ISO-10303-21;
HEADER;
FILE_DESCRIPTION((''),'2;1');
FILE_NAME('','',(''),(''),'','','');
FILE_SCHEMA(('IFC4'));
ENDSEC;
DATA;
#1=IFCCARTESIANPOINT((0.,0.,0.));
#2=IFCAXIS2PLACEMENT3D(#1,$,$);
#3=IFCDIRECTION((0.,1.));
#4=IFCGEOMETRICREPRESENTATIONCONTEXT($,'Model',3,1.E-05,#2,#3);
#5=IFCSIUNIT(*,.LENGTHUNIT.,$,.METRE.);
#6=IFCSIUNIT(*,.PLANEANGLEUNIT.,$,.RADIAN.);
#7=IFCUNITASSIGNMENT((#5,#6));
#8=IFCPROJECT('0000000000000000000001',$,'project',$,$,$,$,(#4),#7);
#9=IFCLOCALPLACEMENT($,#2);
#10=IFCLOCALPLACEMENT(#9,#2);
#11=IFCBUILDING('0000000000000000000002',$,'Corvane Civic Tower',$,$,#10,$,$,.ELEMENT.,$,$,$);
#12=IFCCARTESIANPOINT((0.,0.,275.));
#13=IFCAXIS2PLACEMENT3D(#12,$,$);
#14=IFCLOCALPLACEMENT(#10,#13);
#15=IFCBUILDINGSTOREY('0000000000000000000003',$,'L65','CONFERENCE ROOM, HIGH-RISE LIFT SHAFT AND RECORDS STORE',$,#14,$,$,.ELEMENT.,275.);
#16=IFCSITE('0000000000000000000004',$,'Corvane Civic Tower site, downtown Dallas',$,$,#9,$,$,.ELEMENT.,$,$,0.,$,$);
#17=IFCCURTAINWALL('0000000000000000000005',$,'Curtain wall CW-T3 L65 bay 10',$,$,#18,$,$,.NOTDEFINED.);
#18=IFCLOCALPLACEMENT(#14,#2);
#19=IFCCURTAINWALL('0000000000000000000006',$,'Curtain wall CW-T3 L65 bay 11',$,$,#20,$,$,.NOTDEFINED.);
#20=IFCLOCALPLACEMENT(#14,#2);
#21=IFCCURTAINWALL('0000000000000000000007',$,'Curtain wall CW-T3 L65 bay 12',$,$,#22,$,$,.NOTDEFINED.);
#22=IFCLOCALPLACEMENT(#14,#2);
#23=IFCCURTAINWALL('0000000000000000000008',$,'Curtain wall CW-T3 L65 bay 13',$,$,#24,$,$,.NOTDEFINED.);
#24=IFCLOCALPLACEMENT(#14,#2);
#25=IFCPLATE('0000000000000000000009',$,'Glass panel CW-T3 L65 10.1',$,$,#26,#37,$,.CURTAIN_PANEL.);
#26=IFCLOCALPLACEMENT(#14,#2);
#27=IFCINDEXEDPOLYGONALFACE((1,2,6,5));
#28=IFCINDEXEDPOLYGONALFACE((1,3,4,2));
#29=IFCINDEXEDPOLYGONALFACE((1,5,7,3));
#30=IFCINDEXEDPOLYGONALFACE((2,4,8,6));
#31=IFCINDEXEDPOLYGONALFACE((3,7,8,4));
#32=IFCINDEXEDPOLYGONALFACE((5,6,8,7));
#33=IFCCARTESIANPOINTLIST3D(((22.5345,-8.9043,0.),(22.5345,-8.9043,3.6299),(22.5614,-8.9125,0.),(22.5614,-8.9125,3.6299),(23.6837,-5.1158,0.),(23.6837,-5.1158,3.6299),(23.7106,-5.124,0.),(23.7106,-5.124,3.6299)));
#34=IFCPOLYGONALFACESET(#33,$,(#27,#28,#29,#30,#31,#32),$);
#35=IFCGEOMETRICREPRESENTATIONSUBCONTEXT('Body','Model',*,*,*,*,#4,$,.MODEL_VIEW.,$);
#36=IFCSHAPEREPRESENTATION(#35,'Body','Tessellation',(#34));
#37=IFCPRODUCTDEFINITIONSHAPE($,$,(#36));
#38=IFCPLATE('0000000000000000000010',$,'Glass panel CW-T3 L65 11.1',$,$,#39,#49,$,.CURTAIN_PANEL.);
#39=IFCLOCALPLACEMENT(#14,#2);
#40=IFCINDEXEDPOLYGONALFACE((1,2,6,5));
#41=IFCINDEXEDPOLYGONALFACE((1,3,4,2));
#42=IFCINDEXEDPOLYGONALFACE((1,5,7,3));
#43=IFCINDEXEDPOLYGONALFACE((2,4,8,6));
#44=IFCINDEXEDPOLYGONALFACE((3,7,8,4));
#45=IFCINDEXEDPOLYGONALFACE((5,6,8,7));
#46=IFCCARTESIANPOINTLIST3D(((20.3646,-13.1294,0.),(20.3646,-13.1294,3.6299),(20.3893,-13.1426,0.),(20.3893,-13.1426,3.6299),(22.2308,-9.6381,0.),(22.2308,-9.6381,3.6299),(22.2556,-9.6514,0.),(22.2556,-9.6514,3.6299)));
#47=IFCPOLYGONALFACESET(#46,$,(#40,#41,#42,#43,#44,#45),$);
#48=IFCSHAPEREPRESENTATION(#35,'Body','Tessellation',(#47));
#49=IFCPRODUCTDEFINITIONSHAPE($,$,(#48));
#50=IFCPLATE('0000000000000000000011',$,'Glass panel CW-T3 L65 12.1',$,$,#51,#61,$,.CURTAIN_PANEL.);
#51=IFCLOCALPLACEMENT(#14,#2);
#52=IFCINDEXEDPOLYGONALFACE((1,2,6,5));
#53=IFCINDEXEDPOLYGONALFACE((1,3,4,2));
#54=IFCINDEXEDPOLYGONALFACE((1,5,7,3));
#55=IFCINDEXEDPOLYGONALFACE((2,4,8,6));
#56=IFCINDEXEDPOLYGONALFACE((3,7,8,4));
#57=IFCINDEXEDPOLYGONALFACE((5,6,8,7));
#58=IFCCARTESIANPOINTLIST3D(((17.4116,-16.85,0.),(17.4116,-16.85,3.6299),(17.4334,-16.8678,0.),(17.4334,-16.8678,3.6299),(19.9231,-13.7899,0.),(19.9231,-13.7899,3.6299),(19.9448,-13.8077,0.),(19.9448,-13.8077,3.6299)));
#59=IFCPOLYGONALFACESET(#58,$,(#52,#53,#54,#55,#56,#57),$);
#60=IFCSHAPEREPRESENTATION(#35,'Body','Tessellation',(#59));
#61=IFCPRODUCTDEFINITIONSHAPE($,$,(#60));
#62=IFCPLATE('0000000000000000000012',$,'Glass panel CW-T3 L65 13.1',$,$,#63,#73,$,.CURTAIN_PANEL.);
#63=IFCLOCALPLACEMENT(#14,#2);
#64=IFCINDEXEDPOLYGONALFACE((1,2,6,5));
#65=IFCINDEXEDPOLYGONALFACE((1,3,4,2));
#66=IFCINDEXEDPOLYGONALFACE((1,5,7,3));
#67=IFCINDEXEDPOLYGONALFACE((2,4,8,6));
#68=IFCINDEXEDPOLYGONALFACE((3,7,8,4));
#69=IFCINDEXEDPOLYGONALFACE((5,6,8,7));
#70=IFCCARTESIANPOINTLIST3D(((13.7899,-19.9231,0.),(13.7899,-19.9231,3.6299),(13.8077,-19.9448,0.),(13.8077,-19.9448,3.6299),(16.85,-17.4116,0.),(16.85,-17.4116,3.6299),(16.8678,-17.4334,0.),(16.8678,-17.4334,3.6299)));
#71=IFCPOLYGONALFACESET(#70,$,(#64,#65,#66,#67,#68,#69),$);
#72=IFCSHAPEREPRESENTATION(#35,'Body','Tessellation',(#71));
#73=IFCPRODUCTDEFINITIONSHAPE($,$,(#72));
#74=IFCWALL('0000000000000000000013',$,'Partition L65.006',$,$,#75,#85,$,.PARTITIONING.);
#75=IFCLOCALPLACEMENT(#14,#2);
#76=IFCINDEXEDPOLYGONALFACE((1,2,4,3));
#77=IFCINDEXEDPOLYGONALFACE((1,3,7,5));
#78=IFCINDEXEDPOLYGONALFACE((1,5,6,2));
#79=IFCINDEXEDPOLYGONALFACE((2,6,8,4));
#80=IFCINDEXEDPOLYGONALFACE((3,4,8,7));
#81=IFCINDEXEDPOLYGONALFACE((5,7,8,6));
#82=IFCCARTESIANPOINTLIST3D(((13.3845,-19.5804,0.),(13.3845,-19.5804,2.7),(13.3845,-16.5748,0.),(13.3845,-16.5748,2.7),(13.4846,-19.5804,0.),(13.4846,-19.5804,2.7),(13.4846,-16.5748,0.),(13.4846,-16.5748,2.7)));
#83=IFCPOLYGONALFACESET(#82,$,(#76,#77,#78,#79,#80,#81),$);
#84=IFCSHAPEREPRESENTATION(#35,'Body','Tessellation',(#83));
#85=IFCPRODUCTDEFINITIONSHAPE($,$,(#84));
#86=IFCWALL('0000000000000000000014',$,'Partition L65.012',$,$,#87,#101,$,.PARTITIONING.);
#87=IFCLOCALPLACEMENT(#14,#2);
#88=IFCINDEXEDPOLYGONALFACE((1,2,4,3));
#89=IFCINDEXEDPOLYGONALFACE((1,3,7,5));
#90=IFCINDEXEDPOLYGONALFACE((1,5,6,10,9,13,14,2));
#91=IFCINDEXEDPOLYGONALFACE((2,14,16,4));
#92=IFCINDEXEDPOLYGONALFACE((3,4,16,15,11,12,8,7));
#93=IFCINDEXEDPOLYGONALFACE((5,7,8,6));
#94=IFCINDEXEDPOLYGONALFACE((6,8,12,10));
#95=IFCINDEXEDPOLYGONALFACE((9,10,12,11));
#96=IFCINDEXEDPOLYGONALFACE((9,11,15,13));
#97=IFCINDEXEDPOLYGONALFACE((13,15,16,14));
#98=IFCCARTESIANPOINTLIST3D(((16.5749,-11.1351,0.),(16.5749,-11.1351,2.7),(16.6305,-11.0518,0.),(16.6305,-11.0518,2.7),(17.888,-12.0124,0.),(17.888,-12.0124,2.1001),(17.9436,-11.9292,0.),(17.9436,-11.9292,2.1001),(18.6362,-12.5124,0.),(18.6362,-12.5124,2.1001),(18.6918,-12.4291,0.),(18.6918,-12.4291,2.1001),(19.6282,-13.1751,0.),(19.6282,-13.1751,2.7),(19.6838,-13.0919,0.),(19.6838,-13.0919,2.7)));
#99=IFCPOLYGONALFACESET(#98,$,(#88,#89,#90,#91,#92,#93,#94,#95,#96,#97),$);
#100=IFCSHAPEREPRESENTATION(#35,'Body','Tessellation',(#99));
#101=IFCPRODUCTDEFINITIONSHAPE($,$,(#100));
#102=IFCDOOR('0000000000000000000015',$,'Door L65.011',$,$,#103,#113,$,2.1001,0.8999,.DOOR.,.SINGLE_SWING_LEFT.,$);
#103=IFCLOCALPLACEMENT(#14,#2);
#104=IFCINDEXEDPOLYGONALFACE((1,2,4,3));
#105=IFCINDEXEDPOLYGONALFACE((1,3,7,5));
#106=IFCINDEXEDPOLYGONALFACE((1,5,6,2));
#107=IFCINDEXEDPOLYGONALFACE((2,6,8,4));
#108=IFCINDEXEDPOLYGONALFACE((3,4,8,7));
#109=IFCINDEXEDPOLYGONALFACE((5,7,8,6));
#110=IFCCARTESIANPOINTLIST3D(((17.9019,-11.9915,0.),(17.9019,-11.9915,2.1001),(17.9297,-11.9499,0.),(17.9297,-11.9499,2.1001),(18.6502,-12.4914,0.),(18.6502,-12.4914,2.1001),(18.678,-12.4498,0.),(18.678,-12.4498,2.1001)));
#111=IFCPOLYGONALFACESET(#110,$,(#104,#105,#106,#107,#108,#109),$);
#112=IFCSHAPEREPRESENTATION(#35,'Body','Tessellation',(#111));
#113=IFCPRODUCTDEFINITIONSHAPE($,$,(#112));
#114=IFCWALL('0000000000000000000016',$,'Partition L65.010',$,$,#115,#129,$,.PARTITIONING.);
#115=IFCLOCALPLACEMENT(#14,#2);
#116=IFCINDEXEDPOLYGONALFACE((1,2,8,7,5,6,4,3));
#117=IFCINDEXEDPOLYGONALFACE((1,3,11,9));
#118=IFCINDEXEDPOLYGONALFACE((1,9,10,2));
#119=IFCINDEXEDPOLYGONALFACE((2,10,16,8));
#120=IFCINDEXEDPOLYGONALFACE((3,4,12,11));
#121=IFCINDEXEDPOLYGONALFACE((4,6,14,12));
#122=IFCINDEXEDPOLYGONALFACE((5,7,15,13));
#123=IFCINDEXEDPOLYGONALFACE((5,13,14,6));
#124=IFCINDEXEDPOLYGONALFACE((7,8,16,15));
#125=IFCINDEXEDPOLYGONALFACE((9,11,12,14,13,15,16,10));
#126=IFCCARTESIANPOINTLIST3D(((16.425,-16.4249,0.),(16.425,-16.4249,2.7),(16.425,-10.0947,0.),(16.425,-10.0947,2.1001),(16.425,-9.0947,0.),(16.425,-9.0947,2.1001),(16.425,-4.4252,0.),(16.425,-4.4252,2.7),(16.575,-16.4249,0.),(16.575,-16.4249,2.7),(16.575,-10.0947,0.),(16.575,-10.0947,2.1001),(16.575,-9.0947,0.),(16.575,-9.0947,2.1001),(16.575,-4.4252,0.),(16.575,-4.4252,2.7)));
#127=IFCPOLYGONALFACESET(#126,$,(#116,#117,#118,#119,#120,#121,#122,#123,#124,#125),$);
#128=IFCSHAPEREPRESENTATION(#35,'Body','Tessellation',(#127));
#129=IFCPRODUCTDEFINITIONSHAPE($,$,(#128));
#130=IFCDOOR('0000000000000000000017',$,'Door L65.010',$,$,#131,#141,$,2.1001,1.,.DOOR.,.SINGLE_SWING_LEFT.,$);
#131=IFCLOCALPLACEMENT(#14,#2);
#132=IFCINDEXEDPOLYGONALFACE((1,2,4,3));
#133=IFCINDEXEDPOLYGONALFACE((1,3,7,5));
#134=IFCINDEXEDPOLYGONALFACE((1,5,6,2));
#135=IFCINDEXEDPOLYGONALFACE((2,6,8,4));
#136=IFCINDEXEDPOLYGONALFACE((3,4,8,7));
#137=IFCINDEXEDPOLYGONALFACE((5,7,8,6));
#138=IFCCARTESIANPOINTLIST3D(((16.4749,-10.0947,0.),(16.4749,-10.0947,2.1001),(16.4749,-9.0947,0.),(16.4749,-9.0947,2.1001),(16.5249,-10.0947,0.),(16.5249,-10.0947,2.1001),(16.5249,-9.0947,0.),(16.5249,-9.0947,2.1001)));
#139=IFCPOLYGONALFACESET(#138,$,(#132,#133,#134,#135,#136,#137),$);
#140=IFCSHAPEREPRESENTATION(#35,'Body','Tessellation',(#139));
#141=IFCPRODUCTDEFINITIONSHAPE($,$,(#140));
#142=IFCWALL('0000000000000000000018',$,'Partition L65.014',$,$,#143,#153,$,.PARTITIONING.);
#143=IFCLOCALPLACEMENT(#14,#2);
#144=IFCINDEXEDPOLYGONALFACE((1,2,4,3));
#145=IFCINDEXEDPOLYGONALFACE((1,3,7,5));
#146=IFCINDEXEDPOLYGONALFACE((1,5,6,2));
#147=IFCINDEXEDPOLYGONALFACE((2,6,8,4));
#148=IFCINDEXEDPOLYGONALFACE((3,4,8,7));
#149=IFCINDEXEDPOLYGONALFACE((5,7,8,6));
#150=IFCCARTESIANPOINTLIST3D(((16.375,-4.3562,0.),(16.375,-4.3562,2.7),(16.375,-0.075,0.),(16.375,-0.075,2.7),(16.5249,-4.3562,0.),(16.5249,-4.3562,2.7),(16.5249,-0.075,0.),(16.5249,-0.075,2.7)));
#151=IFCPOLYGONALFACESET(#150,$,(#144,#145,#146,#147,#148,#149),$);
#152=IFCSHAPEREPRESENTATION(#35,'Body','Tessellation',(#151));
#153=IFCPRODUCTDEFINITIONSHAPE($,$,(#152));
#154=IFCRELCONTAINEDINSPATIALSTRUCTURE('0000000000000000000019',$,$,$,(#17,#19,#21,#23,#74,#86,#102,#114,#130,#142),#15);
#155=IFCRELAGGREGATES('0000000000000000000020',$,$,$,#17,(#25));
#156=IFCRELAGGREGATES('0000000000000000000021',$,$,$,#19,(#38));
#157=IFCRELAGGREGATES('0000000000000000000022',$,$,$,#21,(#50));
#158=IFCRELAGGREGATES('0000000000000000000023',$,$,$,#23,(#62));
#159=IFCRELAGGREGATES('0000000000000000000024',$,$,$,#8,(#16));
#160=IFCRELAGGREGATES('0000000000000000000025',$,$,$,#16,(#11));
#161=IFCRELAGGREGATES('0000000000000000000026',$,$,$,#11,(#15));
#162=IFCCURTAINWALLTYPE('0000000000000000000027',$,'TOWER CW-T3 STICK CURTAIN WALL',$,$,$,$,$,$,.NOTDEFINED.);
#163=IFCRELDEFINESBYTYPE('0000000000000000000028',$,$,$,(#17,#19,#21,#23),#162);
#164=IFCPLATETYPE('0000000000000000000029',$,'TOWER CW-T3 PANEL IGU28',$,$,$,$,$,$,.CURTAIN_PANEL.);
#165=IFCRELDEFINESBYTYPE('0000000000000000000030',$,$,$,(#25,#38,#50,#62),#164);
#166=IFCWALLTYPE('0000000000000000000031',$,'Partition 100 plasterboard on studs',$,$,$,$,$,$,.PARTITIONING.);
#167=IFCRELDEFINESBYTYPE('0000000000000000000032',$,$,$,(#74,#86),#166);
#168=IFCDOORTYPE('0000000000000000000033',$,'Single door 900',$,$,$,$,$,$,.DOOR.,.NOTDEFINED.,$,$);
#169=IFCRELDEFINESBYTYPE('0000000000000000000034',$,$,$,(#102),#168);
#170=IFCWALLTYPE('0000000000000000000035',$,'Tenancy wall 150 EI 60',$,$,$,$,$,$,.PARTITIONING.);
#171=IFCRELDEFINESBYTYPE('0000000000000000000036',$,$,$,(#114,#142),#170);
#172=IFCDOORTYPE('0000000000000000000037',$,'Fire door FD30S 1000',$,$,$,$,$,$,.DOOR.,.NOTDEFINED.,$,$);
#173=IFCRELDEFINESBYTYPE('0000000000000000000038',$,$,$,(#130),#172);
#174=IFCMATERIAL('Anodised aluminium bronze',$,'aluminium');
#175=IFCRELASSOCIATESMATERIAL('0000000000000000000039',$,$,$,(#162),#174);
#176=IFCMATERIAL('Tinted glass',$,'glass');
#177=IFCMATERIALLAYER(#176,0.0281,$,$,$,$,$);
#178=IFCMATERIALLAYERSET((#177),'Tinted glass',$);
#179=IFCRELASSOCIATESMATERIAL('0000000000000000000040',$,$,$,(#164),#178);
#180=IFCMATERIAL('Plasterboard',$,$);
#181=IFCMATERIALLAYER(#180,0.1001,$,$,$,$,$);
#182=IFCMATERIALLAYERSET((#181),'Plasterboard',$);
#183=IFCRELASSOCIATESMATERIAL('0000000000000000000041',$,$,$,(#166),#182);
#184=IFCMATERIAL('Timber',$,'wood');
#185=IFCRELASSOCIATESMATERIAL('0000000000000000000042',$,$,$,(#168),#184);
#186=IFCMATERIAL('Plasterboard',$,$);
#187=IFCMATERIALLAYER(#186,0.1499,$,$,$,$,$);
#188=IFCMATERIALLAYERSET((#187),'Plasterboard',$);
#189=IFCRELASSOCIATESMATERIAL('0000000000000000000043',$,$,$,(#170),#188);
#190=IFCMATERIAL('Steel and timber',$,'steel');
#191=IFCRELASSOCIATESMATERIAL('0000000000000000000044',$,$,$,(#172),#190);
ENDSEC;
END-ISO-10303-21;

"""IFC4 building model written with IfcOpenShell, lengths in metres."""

from ifc_helpers import new_model, si_unit, direction, frame, frame_2d, origin, origin_2d, place, context, subcontext, project, spatial, rectangle, extrude, material, layer, layer_set, type_object, element, fill, aggregate, save


model = new_model("IFC4")

# Units and contexts
model_context = context("Model", 3, precision=1e-05, world=origin(), true_north=direction((0.0, 1.0)))
body_context = subcontext(model_context, "Body", "Model", "MODEL_VIEW")
ifc_project = project(units=[si_unit("LENGTHUNIT", "METRE"), si_unit("PLANEANGLEUNIT", "RADIAN")], contexts=[model_context])

# Site, building, storey
site_placement = place(None, origin())
site = spatial("IfcSite", under=ifc_project, at=site_placement, Name="Corvane Civic Tower site, downtown Dallas", CompositionType="ELEMENT", RefElevation=0.0)
building_placement = place(site_placement, origin())
building = spatial("IfcBuilding", under=site, at=building_placement, Name="Corvane Civic Tower", CompositionType="ELEMENT")
storey_placement = place(building_placement, frame((0.0, 0.0, 275.0)))
storey = spatial("IfcBuildingStorey", under=building, at=storey_placement, Name="L65", Description="CONFERENCE ROOM, HIGH-RISE LIFT SHAFT AND RECORDS STORE", CompositionType="ELEMENT", Elevation=275.0)

# Curtain walls
ifc_material_1 = material(Name="Anodised aluminium bronze", Category="aluminium")
curtain_wall_type = type_object("IfcCurtainWallType", Name="TOWER CW-T3 STICK CURTAIN WALL", PredefinedType="NOTDEFINED", material=ifc_material_1)
curtain_wall_1_placement = place(storey_placement, origin())
curtain_wall_1 = element("IfcCurtainWall", 1, at=curtain_wall_1_placement, inside=storey, type_object=curtain_wall_type, Name="Curtain wall CW-T3 L65 bay 10", PredefinedType="NOTDEFINED")
curtain_wall_2_placement = place(storey_placement, origin())
curtain_wall_2 = element("IfcCurtainWall", 2, at=curtain_wall_2_placement, inside=storey, type_object=curtain_wall_type, Name="Curtain wall CW-T3 L65 bay 11", PredefinedType="NOTDEFINED")
curtain_wall_3_placement = place(storey_placement, origin())
curtain_wall_3 = element("IfcCurtainWall", 3, at=curtain_wall_3_placement, inside=storey, type_object=curtain_wall_type, Name="Curtain wall CW-T3 L65 bay 12", PredefinedType="NOTDEFINED")
curtain_wall_4_placement = place(storey_placement, origin())
curtain_wall_4 = element("IfcCurtainWall", 4, at=curtain_wall_4_placement, inside=storey, type_object=curtain_wall_type, Name="Curtain wall CW-T3 L65 bay 13", PredefinedType="NOTDEFINED")

# Plates
ifc_material_2 = material(Name="Tinted glass", Category="glass")
ifc_layer_1 = layer(ifc_material_2, 0.0281)
ifc_layer_set_1 = layer_set([ifc_layer_1], Name="Tinted glass")
plate_type = type_object("IfcPlateType", Name="TOWER CW-T3 PANEL IGU28", PredefinedType="CURTAIN_PANEL", material=ifc_layer_set_1)
plate_1_placement = place(storey_placement, frame((23.1226, -7.0142, 0.0), z_axis=(0.0, 0.0, 1.0), x_axis=(-0.290274, -0.956944, 0.0)))
plate_1 = element("IfcPlate", 5, at=plate_1_placement, type_object=plate_type, Name="Glass panel CW-T3 L65 10.1", PredefinedType="CURTAIN_PANEL", context=body_context, shape_type="SweptSolid", body=[
    extrude(rectangle(XDim=3.959, YDim=0.0281, at=origin_2d()), origin(), (0.0, 0.0, 1.0), 3.6299),
])
aggregate(curtain_wall_1, [plate_1])
plate_2_placement = place(storey_placement, frame((21.3101, -11.3904, 0.0), z_axis=(0.0, 0.0, 1.0), x_axis=(-0.471421, -0.881908, 0.0)))
plate_2 = element("IfcPlate", 6, at=plate_2_placement, type_object=plate_type, Name="Glass panel CW-T3 L65 11.1", PredefinedType="CURTAIN_PANEL", context=body_context, shape_type="SweptSolid", body=[
    extrude(rectangle(XDim=3.9587, YDim=0.0281, at=origin_2d()), origin(), (0.0, 0.0, 1.0), 3.6299),
])
aggregate(curtain_wall_2, [plate_2])
plate_3_placement = place(storey_placement, frame((18.6782, -15.3289, 0.0), z_axis=(0.0, 0.0, 1.0), x_axis=(-0.634405, -0.773001, 0.0)))
plate_3 = element("IfcPlate", 7, at=plate_3_placement, type_object=plate_type, Name="Glass panel CW-T3 L65 12.1", PredefinedType="CURTAIN_PANEL", context=body_context, shape_type="SweptSolid", body=[
    extrude(rectangle(XDim=3.9587, YDim=0.0281, at=origin_2d()), origin(), (0.0, 0.0, 1.0), 3.6299),
])
aggregate(curtain_wall_3, [plate_3])
plate_4_placement = place(storey_placement, frame((15.3289, -18.6782, 0.0), z_axis=(0.0, 0.0, 1.0), x_axis=(-0.773001, -0.634405, 0.0)))
plate_4 = element("IfcPlate", 8, at=plate_4_placement, type_object=plate_type, Name="Glass panel CW-T3 L65 13.1", PredefinedType="CURTAIN_PANEL", context=body_context, shape_type="SweptSolid", body=[
    extrude(rectangle(XDim=3.9587, YDim=0.0281, at=origin_2d()), origin(), (0.0, 0.0, 1.0), 3.6299),
])
aggregate(curtain_wall_4, [plate_4])

# Wall
ifc_material_3 = material(Name="Plasterboard")
ifc_layer_2 = layer(ifc_material_3, 0.1001)
ifc_layer_set_2 = layer_set([ifc_layer_2], Name="Plasterboard")
wall_type_1 = type_object("IfcWallType", Name="Partition 100 plasterboard on studs", PredefinedType="PARTITIONING", material=ifc_layer_set_2)
wall_1_placement = place(storey_placement, frame((13.4346, -19.5806, 0.0), z_axis=(0.0, 0.0, 1.0), x_axis=(0.0, 1.0, 0.0)))
element("IfcWall", 9, at=wall_1_placement, inside=storey, type_object=wall_type_1, Name="Partition L65.006", PredefinedType="PARTITIONING", context=body_context, shape_type="SweptSolid", body=[
    extrude(rectangle(XDim=3.0056, YDim=0.1001, at=frame_2d((1.5029, 0.0))), origin(), (0.0, 0.0, 1.0), 2.7),
])

# Walls, openings, doors
wall_2_placement = place(storey_placement, frame((16.6028, -11.0935, 0.0), z_axis=(0.0, 0.0, 1.0), x_axis=(0.831477, -0.555559, 0.0)))
wall_2 = element("IfcWall", 10, at=wall_2_placement, inside=storey, type_object=wall_type_1, Name="Partition L65.012", PredefinedType="PARTITIONING", context=body_context, shape_type="SweptSolid", body=[
    extrude(rectangle(XDim=3.6721, YDim=0.1001, at=frame_2d((1.8359, 0.0))), origin(), (0.0, 0.0, 1.0), 2.7),
])
opening_1_placement = place(wall_2_placement, frame((1.5791, 0.0, 0.0)))
opening_1 = element("IfcOpeningElement", 11, at=opening_1_placement, cuts=wall_2, PredefinedType="OPENING", context=body_context, shape_type="SweptSolid", body=[
    extrude(rectangle(XDim=0.8999, YDim=2.1001, at=frame_2d((0.45, 1.05))), frame((0.0, 0.0601, 0.0), z_axis=(0.0, -1.0, 0.0), x_axis=(1.0, 0.0, 0.0)), (0.0, 0.0, 1.0), 0.1201),
])
ifc_material_4 = material(Name="Timber", Category="wood")
door_type_1 = type_object("IfcDoorType", Name="Single door 900", OperationType="NOTDEFINED", PredefinedType="DOOR", material=ifc_material_4)
door_1_placement = place(opening_1_placement, frame((0.8999, 0.0, 0.0), z_axis=(0.0, 0.0, 1.0), x_axis=(-1.0, 0.0, 0.0)))
door_1 = element("IfcDoor", 12, at=door_1_placement, inside=storey, type_object=door_type_1, Name="Door L65.011", OperationType="SINGLE_SWING_LEFT", OverallHeight=2.1001, OverallWidth=0.8999, PredefinedType="DOOR", context=body_context, shape_type="SweptSolid", body=[
    extrude(rectangle(XDim=0.8999, YDim=2.1001, at=frame_2d((0.45, 1.05))), frame((0.0, 0.0249, 0.0), z_axis=(0.0, -1.0, 0.0), x_axis=(1.0, 0.0, 0.0)), (0.0, 0.0, 1.0), 0.05),
])
fill(opening_1, door_1)
ifc_material_5 = material(Name="Plasterboard")
ifc_layer_3 = layer(ifc_material_5, 0.1499)
ifc_layer_set_3 = layer_set([ifc_layer_3], Name="Plasterboard")
wall_type_2 = type_object("IfcWallType", Name="Tenancy wall 150 EI 60", PredefinedType="PARTITIONING", material=ifc_layer_set_3)
wall_3_placement = place(storey_placement, frame((16.5, -16.425, 0.0), z_axis=(0.0, 0.0, 1.0), x_axis=(0.0, 1.0, 0.0)))
wall_3 = element("IfcWall", 13, at=wall_3_placement, inside=storey, type_object=wall_type_2, Name="Partition L65.010", PredefinedType="PARTITIONING", context=body_context, shape_type="SweptSolid", body=[
    extrude(rectangle(XDim=11.9998, YDim=0.1499, at=frame_2d((6.0, 0.0))), origin(), (0.0, 0.0, 1.0), 2.7),
])
opening_2_placement = place(wall_3_placement, frame((6.3303, 0.0, 0.0)))
opening_2 = element("IfcOpeningElement", 14, at=opening_2_placement, cuts=wall_3, PredefinedType="OPENING", context=body_context, shape_type="SweptSolid", body=[
    extrude(rectangle(XDim=1.0, YDim=2.1001, at=frame_2d((0.5, 1.05))), frame((0.0, 0.085, 0.0), z_axis=(0.0, -1.0, 0.0), x_axis=(1.0, 0.0, 0.0)), (0.0, 0.0, 1.0), 0.1699),
])
ifc_material_6 = material(Name="Steel and timber", Category="steel")
door_type_2 = type_object("IfcDoorType", Name="Fire door FD30S 1000", OperationType="NOTDEFINED", PredefinedType="DOOR", material=ifc_material_6)
door_2_placement = place(opening_2_placement, frame((1.0, 0.0, 0.0), z_axis=(0.0, 0.0, 1.0), x_axis=(-1.0, 0.0, 0.0)))
door_2 = element("IfcDoor", 15, at=door_2_placement, inside=storey, type_object=door_type_2, Name="Door L65.010", OperationType="SINGLE_SWING_LEFT", OverallHeight=2.1001, OverallWidth=1.0, PredefinedType="DOOR", context=body_context, shape_type="SweptSolid", body=[
    extrude(rectangle(XDim=1.0, YDim=2.1001, at=frame_2d((0.5, 1.05))), frame((0.0, 0.0249, 0.0), z_axis=(0.0, -1.0, 0.0), x_axis=(1.0, 0.0, 0.0)), (0.0, 0.0, 1.0), 0.05),
])
fill(opening_2, door_2)

# Wall
wall_4_placement = place(storey_placement, frame((16.45, -4.3562, 0.0), z_axis=(0.0, 0.0, 1.0), x_axis=(0.0, 1.0, 0.0)))
element("IfcWall", 16, at=wall_4_placement, inside=storey, type_object=wall_type_2, Name="Partition L65.014", PredefinedType="PARTITIONING", context=body_context, shape_type="SweptSolid", body=[
    extrude(rectangle(XDim=4.2812, YDim=0.1499, at=frame_2d((2.1406, 0.0))), origin(), (0.0, 0.0, 1.0), 2.7),
])

save(model, "model.ifc")
